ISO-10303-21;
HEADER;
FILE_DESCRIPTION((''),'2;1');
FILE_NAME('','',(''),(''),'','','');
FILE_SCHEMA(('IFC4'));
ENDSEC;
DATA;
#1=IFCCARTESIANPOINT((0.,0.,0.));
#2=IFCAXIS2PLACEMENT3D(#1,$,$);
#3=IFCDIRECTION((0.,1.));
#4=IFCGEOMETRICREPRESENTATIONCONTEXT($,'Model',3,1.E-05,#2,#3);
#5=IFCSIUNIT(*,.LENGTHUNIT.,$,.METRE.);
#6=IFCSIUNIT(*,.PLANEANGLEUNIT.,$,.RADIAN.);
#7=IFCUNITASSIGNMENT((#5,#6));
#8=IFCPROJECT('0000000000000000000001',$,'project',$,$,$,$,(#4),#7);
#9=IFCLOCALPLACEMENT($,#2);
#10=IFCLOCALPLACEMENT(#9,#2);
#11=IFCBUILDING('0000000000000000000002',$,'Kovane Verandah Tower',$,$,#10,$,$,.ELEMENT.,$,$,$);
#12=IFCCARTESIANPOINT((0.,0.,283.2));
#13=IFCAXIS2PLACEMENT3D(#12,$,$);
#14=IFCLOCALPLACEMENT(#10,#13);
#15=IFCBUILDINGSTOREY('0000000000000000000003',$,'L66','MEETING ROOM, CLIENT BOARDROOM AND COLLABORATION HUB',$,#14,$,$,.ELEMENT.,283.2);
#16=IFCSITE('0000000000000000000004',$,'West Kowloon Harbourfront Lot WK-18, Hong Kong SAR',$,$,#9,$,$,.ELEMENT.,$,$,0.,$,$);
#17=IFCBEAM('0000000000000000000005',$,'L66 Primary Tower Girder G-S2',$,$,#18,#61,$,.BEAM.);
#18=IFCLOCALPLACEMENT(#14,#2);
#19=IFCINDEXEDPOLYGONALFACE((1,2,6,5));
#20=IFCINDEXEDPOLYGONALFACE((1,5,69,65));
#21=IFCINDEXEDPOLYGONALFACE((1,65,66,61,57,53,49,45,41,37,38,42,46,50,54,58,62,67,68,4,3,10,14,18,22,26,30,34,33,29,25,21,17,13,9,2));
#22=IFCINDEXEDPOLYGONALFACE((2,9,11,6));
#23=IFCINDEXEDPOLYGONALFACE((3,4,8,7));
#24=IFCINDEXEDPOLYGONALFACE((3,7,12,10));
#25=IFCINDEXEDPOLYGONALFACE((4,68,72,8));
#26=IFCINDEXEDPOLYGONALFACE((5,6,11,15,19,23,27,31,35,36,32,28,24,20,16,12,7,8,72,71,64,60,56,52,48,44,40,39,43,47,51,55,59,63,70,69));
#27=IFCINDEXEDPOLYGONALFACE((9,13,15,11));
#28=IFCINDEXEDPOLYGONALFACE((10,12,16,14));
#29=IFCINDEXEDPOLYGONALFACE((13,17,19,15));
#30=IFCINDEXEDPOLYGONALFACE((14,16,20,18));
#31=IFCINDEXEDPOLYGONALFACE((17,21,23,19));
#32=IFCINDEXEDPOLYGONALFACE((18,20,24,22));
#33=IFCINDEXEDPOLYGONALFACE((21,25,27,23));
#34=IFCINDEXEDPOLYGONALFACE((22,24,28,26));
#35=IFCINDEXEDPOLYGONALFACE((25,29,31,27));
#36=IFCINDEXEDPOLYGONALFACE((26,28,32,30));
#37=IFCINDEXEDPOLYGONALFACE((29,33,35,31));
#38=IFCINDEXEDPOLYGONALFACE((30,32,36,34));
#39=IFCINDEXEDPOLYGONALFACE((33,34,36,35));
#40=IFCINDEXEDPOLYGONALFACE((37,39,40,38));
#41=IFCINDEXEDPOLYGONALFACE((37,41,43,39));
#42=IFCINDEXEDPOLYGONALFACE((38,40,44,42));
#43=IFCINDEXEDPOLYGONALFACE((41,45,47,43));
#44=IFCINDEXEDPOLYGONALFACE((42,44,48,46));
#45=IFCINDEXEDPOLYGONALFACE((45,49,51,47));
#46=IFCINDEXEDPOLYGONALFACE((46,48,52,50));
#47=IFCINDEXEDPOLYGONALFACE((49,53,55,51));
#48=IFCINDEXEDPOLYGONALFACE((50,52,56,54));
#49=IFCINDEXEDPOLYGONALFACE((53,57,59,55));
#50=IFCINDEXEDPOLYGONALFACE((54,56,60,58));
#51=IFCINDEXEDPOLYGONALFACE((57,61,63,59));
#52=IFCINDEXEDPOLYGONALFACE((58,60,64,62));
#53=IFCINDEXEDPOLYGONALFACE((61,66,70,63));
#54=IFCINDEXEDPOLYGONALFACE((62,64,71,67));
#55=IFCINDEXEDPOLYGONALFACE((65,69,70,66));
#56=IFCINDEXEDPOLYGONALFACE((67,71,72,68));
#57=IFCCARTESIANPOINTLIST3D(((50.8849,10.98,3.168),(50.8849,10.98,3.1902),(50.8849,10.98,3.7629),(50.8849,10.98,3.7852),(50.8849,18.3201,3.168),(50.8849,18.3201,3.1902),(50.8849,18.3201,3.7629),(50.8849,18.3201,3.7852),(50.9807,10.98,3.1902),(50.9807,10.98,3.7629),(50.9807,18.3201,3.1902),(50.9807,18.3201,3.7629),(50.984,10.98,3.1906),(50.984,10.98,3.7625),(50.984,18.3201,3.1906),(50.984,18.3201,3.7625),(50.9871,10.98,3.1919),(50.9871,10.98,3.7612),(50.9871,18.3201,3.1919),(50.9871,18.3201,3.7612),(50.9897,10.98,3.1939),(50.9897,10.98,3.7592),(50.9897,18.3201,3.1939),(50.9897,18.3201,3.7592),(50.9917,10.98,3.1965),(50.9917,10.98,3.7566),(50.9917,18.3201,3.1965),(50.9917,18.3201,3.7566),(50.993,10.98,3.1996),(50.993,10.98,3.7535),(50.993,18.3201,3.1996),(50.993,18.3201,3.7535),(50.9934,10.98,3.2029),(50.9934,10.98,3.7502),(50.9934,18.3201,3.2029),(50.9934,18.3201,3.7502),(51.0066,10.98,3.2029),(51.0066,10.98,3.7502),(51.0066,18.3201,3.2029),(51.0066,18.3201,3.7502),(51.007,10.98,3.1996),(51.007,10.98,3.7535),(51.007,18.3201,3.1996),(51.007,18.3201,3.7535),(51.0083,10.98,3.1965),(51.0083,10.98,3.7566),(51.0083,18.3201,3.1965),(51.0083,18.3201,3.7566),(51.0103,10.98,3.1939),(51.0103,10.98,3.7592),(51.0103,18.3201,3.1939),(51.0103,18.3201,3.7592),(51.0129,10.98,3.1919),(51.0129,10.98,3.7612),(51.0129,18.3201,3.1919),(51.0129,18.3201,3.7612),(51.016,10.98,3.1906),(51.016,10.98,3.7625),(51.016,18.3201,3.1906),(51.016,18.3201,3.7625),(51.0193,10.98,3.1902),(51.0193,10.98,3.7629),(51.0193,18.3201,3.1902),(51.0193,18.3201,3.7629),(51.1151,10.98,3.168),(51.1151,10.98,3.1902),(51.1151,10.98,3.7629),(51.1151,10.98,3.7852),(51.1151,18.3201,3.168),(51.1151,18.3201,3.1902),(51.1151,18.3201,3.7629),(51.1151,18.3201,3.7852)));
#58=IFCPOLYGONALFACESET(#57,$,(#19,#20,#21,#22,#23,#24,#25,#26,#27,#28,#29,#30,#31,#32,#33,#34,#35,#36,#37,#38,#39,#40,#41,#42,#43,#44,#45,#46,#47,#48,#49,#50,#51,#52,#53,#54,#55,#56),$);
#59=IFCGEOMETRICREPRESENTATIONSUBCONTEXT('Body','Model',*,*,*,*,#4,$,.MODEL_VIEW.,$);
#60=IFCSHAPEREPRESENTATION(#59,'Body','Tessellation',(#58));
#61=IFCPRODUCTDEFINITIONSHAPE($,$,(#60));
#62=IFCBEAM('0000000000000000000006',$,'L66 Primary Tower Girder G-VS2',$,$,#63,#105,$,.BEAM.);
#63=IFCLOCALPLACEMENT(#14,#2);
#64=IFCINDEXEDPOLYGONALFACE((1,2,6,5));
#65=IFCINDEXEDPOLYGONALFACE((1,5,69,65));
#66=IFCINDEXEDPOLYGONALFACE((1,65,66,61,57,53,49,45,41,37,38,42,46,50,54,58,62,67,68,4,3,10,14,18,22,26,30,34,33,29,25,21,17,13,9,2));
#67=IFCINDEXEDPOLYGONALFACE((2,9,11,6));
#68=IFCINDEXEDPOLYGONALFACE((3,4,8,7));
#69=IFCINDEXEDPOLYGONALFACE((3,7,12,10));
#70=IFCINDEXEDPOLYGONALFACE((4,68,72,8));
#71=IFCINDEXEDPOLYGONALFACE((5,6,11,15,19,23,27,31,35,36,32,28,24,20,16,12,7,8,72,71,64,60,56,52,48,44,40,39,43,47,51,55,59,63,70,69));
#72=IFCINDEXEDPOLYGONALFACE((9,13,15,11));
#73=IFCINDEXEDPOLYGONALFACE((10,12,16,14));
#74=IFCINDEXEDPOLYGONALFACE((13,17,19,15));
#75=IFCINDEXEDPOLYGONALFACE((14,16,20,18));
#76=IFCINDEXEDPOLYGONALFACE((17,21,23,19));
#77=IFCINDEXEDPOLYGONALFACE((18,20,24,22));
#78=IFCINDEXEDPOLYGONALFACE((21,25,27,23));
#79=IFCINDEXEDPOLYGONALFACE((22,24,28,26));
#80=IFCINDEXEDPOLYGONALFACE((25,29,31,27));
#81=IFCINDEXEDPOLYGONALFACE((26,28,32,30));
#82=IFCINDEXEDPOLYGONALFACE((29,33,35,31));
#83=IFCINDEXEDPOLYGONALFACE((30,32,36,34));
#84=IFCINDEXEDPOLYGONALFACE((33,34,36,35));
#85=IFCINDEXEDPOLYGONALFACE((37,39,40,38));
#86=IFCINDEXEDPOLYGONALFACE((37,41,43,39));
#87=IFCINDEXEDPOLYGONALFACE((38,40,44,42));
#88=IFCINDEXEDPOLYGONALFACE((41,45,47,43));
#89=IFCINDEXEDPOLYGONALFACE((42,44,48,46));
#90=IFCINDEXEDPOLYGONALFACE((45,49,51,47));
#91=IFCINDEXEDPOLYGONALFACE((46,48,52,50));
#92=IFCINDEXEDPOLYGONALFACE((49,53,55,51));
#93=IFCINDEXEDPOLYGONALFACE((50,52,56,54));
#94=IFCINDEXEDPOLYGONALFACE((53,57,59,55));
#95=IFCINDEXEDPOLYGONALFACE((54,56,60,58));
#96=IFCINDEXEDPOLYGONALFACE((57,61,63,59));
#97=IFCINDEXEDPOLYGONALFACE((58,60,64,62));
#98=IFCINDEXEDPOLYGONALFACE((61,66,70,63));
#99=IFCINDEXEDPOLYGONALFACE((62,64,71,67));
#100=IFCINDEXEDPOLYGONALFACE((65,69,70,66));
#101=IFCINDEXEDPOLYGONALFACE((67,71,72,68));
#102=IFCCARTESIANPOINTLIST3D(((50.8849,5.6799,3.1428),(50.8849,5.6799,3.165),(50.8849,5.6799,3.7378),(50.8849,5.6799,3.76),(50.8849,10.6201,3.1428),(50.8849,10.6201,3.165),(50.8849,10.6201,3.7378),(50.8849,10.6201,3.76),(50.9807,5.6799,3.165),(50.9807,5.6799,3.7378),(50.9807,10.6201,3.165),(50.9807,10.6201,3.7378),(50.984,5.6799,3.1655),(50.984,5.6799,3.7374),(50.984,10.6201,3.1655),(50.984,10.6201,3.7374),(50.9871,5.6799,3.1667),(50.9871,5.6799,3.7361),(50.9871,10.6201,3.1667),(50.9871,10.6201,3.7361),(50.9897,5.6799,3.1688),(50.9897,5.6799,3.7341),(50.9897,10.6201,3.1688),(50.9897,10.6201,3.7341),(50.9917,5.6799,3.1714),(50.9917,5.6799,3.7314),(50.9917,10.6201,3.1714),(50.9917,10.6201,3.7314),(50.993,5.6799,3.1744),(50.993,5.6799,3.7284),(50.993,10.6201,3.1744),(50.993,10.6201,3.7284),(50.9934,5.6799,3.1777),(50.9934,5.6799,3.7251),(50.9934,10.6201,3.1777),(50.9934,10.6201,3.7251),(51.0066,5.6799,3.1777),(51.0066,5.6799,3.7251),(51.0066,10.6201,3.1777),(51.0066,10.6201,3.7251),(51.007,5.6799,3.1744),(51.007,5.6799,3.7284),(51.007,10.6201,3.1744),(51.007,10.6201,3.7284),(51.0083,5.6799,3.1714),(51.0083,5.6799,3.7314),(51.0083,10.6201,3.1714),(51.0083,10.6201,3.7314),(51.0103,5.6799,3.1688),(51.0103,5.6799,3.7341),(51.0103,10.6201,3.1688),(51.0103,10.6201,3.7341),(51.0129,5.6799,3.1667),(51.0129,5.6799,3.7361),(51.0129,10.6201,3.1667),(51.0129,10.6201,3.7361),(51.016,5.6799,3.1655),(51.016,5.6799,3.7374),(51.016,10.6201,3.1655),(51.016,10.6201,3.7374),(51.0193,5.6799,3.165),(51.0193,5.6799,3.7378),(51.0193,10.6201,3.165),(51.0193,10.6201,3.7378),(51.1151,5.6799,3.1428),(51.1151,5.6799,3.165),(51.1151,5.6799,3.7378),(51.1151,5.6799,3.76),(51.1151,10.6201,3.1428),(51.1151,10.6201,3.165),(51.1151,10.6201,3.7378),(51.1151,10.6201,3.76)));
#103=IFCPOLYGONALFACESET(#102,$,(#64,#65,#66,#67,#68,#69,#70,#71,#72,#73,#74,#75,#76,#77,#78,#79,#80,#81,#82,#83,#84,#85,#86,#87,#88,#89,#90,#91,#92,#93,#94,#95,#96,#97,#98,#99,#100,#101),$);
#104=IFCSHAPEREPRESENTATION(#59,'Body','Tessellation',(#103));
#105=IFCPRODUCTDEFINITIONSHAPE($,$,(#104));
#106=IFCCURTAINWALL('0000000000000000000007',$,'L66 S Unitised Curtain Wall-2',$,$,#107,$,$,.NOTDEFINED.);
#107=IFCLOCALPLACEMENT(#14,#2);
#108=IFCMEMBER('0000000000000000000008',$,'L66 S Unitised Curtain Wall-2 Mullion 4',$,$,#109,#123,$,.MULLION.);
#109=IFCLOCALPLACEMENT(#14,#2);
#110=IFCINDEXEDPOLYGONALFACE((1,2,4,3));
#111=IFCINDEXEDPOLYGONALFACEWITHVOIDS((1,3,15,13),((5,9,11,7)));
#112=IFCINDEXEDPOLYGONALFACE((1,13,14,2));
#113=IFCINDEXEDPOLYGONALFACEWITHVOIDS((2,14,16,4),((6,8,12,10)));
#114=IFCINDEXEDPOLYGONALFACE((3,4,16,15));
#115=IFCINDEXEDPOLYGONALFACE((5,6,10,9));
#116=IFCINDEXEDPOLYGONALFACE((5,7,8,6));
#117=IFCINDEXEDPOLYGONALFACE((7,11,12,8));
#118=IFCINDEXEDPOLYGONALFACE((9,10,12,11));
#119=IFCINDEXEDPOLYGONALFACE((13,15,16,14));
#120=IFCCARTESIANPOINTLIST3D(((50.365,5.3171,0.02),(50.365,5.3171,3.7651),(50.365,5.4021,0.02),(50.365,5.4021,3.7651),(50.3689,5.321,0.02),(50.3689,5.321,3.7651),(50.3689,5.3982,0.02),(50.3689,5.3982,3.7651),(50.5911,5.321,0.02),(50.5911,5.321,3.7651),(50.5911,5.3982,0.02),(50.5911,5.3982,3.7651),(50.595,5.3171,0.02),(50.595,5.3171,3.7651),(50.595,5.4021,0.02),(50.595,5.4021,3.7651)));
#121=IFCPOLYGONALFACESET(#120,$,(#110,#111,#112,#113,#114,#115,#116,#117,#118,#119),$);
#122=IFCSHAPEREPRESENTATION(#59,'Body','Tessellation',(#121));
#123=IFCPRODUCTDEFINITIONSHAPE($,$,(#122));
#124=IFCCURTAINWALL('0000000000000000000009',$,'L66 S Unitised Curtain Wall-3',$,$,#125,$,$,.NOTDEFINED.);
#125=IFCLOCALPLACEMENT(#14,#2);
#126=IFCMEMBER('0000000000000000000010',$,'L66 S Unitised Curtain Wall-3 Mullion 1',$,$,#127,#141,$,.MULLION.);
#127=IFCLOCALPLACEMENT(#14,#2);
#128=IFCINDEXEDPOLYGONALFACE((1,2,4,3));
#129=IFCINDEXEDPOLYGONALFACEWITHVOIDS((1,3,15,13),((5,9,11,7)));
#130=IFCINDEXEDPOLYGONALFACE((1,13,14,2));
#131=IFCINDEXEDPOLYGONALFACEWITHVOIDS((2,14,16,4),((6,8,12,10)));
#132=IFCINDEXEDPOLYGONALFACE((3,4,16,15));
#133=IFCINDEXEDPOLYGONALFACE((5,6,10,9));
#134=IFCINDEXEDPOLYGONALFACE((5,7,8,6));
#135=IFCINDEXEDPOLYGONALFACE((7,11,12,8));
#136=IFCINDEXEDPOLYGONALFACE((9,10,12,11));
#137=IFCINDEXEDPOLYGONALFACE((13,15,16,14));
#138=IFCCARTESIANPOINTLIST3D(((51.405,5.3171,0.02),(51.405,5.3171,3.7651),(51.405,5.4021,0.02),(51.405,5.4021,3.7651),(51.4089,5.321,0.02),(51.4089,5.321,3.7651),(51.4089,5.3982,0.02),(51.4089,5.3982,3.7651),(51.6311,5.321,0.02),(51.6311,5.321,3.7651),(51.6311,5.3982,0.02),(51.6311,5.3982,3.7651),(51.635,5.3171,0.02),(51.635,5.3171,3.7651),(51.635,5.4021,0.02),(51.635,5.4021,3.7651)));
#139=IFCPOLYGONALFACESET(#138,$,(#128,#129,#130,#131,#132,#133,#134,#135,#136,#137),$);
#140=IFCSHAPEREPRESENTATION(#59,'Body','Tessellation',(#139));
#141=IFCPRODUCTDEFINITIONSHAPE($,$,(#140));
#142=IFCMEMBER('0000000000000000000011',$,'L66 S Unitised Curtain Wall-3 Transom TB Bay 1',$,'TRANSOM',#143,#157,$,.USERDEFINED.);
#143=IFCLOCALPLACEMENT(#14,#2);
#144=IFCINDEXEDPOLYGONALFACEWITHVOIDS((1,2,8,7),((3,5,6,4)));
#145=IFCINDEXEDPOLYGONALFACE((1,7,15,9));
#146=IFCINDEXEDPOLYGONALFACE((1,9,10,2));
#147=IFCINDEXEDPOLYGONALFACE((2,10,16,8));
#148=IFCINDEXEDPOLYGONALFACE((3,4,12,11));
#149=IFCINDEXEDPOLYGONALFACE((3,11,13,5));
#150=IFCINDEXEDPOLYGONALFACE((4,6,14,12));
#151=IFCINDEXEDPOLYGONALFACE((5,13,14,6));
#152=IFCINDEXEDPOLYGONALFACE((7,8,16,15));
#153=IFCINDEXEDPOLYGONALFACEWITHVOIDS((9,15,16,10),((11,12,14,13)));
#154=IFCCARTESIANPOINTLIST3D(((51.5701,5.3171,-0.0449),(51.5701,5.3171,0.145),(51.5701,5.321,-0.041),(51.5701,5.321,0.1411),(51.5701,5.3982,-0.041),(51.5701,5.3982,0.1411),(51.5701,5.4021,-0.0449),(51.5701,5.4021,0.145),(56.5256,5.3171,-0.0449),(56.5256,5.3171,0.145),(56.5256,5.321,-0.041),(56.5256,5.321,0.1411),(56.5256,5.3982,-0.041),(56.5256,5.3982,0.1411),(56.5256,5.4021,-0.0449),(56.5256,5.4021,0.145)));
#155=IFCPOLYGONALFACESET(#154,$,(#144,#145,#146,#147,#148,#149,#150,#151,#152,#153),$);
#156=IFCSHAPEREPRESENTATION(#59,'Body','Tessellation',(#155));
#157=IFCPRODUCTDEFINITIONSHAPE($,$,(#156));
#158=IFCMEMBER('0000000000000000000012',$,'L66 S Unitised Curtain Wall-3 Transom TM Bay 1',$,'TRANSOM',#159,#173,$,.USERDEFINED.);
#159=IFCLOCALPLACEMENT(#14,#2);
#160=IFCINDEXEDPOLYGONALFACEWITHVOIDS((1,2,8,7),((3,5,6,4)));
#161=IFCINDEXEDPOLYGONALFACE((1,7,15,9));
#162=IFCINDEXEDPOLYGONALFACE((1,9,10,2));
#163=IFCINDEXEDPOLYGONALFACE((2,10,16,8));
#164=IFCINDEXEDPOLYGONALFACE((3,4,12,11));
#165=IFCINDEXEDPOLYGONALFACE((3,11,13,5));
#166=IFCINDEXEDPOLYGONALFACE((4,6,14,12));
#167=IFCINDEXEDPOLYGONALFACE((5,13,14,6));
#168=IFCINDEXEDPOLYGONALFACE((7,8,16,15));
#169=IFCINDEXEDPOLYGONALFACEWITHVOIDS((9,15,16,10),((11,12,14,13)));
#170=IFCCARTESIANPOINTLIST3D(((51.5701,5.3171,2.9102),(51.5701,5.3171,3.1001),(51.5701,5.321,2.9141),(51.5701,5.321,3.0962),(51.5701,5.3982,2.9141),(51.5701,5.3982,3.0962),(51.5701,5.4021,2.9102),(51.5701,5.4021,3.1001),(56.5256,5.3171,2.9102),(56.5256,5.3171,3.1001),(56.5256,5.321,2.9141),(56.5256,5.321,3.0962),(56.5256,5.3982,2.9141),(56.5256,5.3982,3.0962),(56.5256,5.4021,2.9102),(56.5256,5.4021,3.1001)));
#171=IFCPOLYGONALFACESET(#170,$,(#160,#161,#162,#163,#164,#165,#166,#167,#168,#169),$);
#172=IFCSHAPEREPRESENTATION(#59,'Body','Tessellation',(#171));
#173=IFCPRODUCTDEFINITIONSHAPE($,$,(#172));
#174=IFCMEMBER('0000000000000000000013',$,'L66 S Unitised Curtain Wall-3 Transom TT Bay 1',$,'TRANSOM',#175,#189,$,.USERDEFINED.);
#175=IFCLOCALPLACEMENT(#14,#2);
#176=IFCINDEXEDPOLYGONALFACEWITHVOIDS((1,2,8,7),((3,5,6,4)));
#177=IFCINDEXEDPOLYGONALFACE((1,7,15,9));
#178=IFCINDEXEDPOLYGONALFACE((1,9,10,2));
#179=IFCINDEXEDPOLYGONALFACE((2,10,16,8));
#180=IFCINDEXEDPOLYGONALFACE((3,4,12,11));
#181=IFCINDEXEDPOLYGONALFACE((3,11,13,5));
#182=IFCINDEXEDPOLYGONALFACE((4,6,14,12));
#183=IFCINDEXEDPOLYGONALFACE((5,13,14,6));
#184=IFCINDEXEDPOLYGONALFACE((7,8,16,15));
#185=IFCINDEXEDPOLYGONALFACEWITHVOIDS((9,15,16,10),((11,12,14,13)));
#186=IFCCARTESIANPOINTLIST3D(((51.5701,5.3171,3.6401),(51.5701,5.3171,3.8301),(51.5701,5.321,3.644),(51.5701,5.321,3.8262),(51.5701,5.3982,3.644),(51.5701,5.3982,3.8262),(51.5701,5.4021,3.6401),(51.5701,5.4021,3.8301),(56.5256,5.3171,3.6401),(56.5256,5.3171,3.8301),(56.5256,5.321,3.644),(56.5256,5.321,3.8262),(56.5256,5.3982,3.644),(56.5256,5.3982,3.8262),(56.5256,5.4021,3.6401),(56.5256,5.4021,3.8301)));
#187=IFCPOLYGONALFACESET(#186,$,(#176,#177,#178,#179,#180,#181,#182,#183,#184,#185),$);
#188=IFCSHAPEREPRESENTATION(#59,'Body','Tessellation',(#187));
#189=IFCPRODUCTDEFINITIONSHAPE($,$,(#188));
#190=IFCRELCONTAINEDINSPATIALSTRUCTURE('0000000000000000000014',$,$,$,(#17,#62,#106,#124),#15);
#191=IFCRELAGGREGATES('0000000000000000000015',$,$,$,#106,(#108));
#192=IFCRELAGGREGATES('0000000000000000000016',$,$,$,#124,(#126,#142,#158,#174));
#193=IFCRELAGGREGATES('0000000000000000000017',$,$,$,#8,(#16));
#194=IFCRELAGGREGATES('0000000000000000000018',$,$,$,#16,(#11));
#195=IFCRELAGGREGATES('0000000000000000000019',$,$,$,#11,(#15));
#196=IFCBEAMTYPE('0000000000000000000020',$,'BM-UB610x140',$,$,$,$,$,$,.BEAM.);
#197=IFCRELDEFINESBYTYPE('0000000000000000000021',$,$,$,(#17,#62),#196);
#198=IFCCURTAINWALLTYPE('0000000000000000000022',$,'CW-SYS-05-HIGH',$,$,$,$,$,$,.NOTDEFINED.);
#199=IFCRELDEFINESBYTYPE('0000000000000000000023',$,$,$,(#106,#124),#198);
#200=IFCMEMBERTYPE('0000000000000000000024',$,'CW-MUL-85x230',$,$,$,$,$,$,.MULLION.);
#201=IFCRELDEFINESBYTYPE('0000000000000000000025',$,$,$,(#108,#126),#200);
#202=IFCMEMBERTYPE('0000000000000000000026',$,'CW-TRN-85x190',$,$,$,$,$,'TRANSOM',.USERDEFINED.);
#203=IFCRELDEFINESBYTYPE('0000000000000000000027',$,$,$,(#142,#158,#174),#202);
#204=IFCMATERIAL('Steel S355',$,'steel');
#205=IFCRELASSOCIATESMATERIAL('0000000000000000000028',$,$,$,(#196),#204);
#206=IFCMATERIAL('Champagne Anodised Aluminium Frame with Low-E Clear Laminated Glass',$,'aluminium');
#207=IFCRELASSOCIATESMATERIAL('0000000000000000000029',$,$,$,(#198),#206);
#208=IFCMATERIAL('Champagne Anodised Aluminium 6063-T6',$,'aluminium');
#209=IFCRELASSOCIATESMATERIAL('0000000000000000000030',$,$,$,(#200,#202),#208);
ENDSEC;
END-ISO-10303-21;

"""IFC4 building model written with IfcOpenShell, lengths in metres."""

from ifc_helpers import new_model, si_unit, direction, frame, origin, origin_2d, place, context, subcontext, project, spatial, hollow_rectangle, i_section, extrude, material, material_profile, profile_set, type_object, element, aggregate, save


model = new_model("IFC4")

# Units and contexts
model_context = context("Model", 3, precision=1e-05, world=origin(), true_north=direction((0.0, 1.0)))
body_context = subcontext(model_context, "Body", "Model", "MODEL_VIEW")
ifc_project = project(units=[si_unit("LENGTHUNIT", "METRE"), si_unit("PLANEANGLEUNIT", "RADIAN")], contexts=[model_context])

# Site, building, storey
site_placement = place(None, origin())
site = spatial("IfcSite", under=ifc_project, at=site_placement, Name="West Kowloon Harbourfront Lot WK-18, Hong Kong SAR", CompositionType="ELEMENT", RefElevation=0.0)
building_placement = place(site_placement, origin())
building = spatial("IfcBuilding", under=site, at=building_placement, Name="Kovane Verandah Tower", CompositionType="ELEMENT")
storey_placement = place(building_placement, frame((0.0, 0.0, 283.2)))
storey = spatial("IfcBuildingStorey", under=building, at=storey_placement, Name="L66", Description="MEETING ROOM, CLIENT BOARDROOM AND COLLABORATION HUB", CompositionType="ELEMENT", Elevation=283.2)

# Beams
ifc_material_1 = material(Name="Steel S355", Category="steel")
ifc_material_profile_1 = material_profile(ifc_material_1, i_section(OverallWidth=0.2302, OverallDepth=0.6172, WebThickness=0.0132, FlangeThickness=0.0222, FilletRadius=0.0127, at=origin_2d()), Name="UB610x229x140")
ifc_profile_set_1 = profile_set([ifc_material_profile_1], Name="Steel S355")
beam_type_1 = type_object("IfcBeamType", Name="BM-UB610x140", PredefinedType="BEAM", material=ifc_profile_set_1)
beam_1_placement = place(storey_placement, frame((51.0, 18.3201, 3.4766), z_axis=(0.0, -1.0, 0.0), x_axis=(1.0, 0.0, 0.0)))
element("IfcBeam", 1, at=beam_1_placement, inside=storey, type_object=beam_type_1, Name="L66 Primary Tower Girder G-S2", PredefinedType="BEAM", context=body_context, shape_type="SweptSolid", body=[
    extrude(i_section(OverallWidth=0.2302, OverallDepth=0.6172, WebThickness=0.0132, FlangeThickness=0.0222, FilletRadius=0.0127, at=origin_2d()), origin(), (0.0, 0.0, 1.0), 7.3401),
])
beam_2_placement = place(storey_placement, frame((51.0, 10.6201, 3.4514), z_axis=(0.0, -1.0, 0.0), x_axis=(1.0, 0.0, 0.0)))
element("IfcBeam", 2, at=beam_2_placement, inside=storey, type_object=beam_type_1, Name="L66 Primary Tower Girder G-VS2", PredefinedType="BEAM", context=body_context, shape_type="SweptSolid", body=[
    extrude(i_section(OverallWidth=0.2302, OverallDepth=0.6172, WebThickness=0.0132, FlangeThickness=0.0222, FilletRadius=0.0127, at=origin_2d()), origin(), (0.0, 0.0, 1.0), 4.9402),
])

# Curtain wall, member
ifc_material_2 = material(Name="Champagne Anodised Aluminium Frame with Low-E Clear Laminated Glass", Category="aluminium")
curtain_wall_type = type_object("IfcCurtainWallType", Name="CW-SYS-05-HIGH", PredefinedType="NOTDEFINED", material=ifc_material_2)
curtain_wall_1_placement = place(storey_placement, origin())
curtain_wall_1 = element("IfcCurtainWall", 3, at=curtain_wall_1_placement, inside=storey, type_object=curtain_wall_type, Name="L66 S Unitised Curtain Wall-2", PredefinedType="NOTDEFINED")
ifc_material_3 = material(Name="Champagne Anodised Aluminium 6063-T6", Category="aluminium")
ifc_material_profile_2 = material_profile(ifc_material_3, hollow_rectangle(XDim=0.085, YDim=0.23, WallThickness=0.0039, at=origin_2d()), Name="AL85x230x4")
ifc_profile_set_2 = profile_set([ifc_material_profile_2], Name="Champagne Anodised Aluminium 6063-T6")
member_type_1 = type_object("IfcMemberType", Name="CW-MUL-85x230", PredefinedType="MULLION", material=ifc_profile_set_2)
member_1_placement = place(storey_placement, frame((50.48, 5.3596, 0.02), z_axis=(0.0, 0.0, 1.0), x_axis=(0.0, -1.0, 0.0)))
member_1 = element("IfcMember", 4, at=member_1_placement, type_object=member_type_1, Name="L66 S Unitised Curtain Wall-2 Mullion 4", PredefinedType="MULLION", context=body_context, shape_type="SweptSolid", body=[
    extrude(hollow_rectangle(XDim=0.085, YDim=0.23, WallThickness=0.0039, at=origin_2d()), origin(), (0.0, 0.0, 1.0), 3.7451),
])
aggregate(curtain_wall_1, [member_1])

# Curtain wall, members
curtain_wall_2_placement = place(storey_placement, origin())
curtain_wall_2 = element("IfcCurtainWall", 5, at=curtain_wall_2_placement, inside=storey, type_object=curtain_wall_type, Name="L66 S Unitised Curtain Wall-3", PredefinedType="NOTDEFINED")
member_2_placement = place(storey_placement, frame((51.52, 5.3596, 0.02), z_axis=(0.0, 0.0, 1.0), x_axis=(0.0, -1.0, 0.0)))
member_2 = element("IfcMember", 6, at=member_2_placement, type_object=member_type_1, Name="L66 S Unitised Curtain Wall-3 Mullion 1", PredefinedType="MULLION", context=body_context, shape_type="SweptSolid", body=[
    extrude(hollow_rectangle(XDim=0.085, YDim=0.23, WallThickness=0.0039, at=origin_2d()), origin(), (0.0, 0.0, 1.0), 3.7451),
])
ifc_material_profile_3 = material_profile(ifc_material_3, hollow_rectangle(XDim=0.085, YDim=0.1899, WallThickness=0.0039, at=origin_2d()), Name="AL85x190x4")
ifc_profile_set_3 = profile_set([ifc_material_profile_3], Name="Champagne Anodised Aluminium 6063-T6")
member_type_2 = type_object("IfcMemberType", Name="CW-TRN-85x190", ElementType="TRANSOM", PredefinedType="USERDEFINED", material=ifc_profile_set_3)
member_3_placement = place(storey_placement, frame((51.5701, 5.3596, 0.05), z_axis=(1.0, 0.0, 0.0), x_axis=(0.0, 1.0, 0.0)))
member_3 = element("IfcMember", 7, at=member_3_placement, type_object=member_type_2, Name="L66 S Unitised Curtain Wall-3 Transom TB Bay 1", ObjectType="TRANSOM", PredefinedType="USERDEFINED", context=body_context, shape_type="SweptSolid", body=[
    extrude(hollow_rectangle(XDim=0.085, YDim=0.1899, WallThickness=0.0039, at=origin_2d()), origin(), (0.0, 0.0, 1.0), 4.9556),
])
member_4_placement = place(storey_placement, frame((51.5701, 5.3596, 3.0051), z_axis=(1.0, 0.0, 0.0), x_axis=(0.0, 1.0, 0.0)))
member_4 = element("IfcMember", 8, at=member_4_placement, type_object=member_type_2, Name="L66 S Unitised Curtain Wall-3 Transom TM Bay 1", ObjectType="TRANSOM", PredefinedType="USERDEFINED", context=body_context, shape_type="SweptSolid", body=[
    extrude(hollow_rectangle(XDim=0.085, YDim=0.1899, WallThickness=0.0039, at=origin_2d()), origin(), (0.0, 0.0, 1.0), 4.9556),
])
member_5_placement = place(storey_placement, frame((51.5701, 5.3596, 3.7351), z_axis=(1.0, 0.0, 0.0), x_axis=(0.0, 1.0, 0.0)))
member_5 = element("IfcMember", 9, at=member_5_placement, type_object=member_type_2, Name="L66 S Unitised Curtain Wall-3 Transom TT Bay 1", ObjectType="TRANSOM", PredefinedType="USERDEFINED", context=body_context, shape_type="SweptSolid", body=[
    extrude(hollow_rectangle(XDim=0.085, YDim=0.1899, WallThickness=0.0039, at=origin_2d()), origin(), (0.0, 0.0, 1.0), 4.9556),
])

aggregate(curtain_wall_2, [member_2, member_3, member_4, member_5])

save(model, "model.ifc")
